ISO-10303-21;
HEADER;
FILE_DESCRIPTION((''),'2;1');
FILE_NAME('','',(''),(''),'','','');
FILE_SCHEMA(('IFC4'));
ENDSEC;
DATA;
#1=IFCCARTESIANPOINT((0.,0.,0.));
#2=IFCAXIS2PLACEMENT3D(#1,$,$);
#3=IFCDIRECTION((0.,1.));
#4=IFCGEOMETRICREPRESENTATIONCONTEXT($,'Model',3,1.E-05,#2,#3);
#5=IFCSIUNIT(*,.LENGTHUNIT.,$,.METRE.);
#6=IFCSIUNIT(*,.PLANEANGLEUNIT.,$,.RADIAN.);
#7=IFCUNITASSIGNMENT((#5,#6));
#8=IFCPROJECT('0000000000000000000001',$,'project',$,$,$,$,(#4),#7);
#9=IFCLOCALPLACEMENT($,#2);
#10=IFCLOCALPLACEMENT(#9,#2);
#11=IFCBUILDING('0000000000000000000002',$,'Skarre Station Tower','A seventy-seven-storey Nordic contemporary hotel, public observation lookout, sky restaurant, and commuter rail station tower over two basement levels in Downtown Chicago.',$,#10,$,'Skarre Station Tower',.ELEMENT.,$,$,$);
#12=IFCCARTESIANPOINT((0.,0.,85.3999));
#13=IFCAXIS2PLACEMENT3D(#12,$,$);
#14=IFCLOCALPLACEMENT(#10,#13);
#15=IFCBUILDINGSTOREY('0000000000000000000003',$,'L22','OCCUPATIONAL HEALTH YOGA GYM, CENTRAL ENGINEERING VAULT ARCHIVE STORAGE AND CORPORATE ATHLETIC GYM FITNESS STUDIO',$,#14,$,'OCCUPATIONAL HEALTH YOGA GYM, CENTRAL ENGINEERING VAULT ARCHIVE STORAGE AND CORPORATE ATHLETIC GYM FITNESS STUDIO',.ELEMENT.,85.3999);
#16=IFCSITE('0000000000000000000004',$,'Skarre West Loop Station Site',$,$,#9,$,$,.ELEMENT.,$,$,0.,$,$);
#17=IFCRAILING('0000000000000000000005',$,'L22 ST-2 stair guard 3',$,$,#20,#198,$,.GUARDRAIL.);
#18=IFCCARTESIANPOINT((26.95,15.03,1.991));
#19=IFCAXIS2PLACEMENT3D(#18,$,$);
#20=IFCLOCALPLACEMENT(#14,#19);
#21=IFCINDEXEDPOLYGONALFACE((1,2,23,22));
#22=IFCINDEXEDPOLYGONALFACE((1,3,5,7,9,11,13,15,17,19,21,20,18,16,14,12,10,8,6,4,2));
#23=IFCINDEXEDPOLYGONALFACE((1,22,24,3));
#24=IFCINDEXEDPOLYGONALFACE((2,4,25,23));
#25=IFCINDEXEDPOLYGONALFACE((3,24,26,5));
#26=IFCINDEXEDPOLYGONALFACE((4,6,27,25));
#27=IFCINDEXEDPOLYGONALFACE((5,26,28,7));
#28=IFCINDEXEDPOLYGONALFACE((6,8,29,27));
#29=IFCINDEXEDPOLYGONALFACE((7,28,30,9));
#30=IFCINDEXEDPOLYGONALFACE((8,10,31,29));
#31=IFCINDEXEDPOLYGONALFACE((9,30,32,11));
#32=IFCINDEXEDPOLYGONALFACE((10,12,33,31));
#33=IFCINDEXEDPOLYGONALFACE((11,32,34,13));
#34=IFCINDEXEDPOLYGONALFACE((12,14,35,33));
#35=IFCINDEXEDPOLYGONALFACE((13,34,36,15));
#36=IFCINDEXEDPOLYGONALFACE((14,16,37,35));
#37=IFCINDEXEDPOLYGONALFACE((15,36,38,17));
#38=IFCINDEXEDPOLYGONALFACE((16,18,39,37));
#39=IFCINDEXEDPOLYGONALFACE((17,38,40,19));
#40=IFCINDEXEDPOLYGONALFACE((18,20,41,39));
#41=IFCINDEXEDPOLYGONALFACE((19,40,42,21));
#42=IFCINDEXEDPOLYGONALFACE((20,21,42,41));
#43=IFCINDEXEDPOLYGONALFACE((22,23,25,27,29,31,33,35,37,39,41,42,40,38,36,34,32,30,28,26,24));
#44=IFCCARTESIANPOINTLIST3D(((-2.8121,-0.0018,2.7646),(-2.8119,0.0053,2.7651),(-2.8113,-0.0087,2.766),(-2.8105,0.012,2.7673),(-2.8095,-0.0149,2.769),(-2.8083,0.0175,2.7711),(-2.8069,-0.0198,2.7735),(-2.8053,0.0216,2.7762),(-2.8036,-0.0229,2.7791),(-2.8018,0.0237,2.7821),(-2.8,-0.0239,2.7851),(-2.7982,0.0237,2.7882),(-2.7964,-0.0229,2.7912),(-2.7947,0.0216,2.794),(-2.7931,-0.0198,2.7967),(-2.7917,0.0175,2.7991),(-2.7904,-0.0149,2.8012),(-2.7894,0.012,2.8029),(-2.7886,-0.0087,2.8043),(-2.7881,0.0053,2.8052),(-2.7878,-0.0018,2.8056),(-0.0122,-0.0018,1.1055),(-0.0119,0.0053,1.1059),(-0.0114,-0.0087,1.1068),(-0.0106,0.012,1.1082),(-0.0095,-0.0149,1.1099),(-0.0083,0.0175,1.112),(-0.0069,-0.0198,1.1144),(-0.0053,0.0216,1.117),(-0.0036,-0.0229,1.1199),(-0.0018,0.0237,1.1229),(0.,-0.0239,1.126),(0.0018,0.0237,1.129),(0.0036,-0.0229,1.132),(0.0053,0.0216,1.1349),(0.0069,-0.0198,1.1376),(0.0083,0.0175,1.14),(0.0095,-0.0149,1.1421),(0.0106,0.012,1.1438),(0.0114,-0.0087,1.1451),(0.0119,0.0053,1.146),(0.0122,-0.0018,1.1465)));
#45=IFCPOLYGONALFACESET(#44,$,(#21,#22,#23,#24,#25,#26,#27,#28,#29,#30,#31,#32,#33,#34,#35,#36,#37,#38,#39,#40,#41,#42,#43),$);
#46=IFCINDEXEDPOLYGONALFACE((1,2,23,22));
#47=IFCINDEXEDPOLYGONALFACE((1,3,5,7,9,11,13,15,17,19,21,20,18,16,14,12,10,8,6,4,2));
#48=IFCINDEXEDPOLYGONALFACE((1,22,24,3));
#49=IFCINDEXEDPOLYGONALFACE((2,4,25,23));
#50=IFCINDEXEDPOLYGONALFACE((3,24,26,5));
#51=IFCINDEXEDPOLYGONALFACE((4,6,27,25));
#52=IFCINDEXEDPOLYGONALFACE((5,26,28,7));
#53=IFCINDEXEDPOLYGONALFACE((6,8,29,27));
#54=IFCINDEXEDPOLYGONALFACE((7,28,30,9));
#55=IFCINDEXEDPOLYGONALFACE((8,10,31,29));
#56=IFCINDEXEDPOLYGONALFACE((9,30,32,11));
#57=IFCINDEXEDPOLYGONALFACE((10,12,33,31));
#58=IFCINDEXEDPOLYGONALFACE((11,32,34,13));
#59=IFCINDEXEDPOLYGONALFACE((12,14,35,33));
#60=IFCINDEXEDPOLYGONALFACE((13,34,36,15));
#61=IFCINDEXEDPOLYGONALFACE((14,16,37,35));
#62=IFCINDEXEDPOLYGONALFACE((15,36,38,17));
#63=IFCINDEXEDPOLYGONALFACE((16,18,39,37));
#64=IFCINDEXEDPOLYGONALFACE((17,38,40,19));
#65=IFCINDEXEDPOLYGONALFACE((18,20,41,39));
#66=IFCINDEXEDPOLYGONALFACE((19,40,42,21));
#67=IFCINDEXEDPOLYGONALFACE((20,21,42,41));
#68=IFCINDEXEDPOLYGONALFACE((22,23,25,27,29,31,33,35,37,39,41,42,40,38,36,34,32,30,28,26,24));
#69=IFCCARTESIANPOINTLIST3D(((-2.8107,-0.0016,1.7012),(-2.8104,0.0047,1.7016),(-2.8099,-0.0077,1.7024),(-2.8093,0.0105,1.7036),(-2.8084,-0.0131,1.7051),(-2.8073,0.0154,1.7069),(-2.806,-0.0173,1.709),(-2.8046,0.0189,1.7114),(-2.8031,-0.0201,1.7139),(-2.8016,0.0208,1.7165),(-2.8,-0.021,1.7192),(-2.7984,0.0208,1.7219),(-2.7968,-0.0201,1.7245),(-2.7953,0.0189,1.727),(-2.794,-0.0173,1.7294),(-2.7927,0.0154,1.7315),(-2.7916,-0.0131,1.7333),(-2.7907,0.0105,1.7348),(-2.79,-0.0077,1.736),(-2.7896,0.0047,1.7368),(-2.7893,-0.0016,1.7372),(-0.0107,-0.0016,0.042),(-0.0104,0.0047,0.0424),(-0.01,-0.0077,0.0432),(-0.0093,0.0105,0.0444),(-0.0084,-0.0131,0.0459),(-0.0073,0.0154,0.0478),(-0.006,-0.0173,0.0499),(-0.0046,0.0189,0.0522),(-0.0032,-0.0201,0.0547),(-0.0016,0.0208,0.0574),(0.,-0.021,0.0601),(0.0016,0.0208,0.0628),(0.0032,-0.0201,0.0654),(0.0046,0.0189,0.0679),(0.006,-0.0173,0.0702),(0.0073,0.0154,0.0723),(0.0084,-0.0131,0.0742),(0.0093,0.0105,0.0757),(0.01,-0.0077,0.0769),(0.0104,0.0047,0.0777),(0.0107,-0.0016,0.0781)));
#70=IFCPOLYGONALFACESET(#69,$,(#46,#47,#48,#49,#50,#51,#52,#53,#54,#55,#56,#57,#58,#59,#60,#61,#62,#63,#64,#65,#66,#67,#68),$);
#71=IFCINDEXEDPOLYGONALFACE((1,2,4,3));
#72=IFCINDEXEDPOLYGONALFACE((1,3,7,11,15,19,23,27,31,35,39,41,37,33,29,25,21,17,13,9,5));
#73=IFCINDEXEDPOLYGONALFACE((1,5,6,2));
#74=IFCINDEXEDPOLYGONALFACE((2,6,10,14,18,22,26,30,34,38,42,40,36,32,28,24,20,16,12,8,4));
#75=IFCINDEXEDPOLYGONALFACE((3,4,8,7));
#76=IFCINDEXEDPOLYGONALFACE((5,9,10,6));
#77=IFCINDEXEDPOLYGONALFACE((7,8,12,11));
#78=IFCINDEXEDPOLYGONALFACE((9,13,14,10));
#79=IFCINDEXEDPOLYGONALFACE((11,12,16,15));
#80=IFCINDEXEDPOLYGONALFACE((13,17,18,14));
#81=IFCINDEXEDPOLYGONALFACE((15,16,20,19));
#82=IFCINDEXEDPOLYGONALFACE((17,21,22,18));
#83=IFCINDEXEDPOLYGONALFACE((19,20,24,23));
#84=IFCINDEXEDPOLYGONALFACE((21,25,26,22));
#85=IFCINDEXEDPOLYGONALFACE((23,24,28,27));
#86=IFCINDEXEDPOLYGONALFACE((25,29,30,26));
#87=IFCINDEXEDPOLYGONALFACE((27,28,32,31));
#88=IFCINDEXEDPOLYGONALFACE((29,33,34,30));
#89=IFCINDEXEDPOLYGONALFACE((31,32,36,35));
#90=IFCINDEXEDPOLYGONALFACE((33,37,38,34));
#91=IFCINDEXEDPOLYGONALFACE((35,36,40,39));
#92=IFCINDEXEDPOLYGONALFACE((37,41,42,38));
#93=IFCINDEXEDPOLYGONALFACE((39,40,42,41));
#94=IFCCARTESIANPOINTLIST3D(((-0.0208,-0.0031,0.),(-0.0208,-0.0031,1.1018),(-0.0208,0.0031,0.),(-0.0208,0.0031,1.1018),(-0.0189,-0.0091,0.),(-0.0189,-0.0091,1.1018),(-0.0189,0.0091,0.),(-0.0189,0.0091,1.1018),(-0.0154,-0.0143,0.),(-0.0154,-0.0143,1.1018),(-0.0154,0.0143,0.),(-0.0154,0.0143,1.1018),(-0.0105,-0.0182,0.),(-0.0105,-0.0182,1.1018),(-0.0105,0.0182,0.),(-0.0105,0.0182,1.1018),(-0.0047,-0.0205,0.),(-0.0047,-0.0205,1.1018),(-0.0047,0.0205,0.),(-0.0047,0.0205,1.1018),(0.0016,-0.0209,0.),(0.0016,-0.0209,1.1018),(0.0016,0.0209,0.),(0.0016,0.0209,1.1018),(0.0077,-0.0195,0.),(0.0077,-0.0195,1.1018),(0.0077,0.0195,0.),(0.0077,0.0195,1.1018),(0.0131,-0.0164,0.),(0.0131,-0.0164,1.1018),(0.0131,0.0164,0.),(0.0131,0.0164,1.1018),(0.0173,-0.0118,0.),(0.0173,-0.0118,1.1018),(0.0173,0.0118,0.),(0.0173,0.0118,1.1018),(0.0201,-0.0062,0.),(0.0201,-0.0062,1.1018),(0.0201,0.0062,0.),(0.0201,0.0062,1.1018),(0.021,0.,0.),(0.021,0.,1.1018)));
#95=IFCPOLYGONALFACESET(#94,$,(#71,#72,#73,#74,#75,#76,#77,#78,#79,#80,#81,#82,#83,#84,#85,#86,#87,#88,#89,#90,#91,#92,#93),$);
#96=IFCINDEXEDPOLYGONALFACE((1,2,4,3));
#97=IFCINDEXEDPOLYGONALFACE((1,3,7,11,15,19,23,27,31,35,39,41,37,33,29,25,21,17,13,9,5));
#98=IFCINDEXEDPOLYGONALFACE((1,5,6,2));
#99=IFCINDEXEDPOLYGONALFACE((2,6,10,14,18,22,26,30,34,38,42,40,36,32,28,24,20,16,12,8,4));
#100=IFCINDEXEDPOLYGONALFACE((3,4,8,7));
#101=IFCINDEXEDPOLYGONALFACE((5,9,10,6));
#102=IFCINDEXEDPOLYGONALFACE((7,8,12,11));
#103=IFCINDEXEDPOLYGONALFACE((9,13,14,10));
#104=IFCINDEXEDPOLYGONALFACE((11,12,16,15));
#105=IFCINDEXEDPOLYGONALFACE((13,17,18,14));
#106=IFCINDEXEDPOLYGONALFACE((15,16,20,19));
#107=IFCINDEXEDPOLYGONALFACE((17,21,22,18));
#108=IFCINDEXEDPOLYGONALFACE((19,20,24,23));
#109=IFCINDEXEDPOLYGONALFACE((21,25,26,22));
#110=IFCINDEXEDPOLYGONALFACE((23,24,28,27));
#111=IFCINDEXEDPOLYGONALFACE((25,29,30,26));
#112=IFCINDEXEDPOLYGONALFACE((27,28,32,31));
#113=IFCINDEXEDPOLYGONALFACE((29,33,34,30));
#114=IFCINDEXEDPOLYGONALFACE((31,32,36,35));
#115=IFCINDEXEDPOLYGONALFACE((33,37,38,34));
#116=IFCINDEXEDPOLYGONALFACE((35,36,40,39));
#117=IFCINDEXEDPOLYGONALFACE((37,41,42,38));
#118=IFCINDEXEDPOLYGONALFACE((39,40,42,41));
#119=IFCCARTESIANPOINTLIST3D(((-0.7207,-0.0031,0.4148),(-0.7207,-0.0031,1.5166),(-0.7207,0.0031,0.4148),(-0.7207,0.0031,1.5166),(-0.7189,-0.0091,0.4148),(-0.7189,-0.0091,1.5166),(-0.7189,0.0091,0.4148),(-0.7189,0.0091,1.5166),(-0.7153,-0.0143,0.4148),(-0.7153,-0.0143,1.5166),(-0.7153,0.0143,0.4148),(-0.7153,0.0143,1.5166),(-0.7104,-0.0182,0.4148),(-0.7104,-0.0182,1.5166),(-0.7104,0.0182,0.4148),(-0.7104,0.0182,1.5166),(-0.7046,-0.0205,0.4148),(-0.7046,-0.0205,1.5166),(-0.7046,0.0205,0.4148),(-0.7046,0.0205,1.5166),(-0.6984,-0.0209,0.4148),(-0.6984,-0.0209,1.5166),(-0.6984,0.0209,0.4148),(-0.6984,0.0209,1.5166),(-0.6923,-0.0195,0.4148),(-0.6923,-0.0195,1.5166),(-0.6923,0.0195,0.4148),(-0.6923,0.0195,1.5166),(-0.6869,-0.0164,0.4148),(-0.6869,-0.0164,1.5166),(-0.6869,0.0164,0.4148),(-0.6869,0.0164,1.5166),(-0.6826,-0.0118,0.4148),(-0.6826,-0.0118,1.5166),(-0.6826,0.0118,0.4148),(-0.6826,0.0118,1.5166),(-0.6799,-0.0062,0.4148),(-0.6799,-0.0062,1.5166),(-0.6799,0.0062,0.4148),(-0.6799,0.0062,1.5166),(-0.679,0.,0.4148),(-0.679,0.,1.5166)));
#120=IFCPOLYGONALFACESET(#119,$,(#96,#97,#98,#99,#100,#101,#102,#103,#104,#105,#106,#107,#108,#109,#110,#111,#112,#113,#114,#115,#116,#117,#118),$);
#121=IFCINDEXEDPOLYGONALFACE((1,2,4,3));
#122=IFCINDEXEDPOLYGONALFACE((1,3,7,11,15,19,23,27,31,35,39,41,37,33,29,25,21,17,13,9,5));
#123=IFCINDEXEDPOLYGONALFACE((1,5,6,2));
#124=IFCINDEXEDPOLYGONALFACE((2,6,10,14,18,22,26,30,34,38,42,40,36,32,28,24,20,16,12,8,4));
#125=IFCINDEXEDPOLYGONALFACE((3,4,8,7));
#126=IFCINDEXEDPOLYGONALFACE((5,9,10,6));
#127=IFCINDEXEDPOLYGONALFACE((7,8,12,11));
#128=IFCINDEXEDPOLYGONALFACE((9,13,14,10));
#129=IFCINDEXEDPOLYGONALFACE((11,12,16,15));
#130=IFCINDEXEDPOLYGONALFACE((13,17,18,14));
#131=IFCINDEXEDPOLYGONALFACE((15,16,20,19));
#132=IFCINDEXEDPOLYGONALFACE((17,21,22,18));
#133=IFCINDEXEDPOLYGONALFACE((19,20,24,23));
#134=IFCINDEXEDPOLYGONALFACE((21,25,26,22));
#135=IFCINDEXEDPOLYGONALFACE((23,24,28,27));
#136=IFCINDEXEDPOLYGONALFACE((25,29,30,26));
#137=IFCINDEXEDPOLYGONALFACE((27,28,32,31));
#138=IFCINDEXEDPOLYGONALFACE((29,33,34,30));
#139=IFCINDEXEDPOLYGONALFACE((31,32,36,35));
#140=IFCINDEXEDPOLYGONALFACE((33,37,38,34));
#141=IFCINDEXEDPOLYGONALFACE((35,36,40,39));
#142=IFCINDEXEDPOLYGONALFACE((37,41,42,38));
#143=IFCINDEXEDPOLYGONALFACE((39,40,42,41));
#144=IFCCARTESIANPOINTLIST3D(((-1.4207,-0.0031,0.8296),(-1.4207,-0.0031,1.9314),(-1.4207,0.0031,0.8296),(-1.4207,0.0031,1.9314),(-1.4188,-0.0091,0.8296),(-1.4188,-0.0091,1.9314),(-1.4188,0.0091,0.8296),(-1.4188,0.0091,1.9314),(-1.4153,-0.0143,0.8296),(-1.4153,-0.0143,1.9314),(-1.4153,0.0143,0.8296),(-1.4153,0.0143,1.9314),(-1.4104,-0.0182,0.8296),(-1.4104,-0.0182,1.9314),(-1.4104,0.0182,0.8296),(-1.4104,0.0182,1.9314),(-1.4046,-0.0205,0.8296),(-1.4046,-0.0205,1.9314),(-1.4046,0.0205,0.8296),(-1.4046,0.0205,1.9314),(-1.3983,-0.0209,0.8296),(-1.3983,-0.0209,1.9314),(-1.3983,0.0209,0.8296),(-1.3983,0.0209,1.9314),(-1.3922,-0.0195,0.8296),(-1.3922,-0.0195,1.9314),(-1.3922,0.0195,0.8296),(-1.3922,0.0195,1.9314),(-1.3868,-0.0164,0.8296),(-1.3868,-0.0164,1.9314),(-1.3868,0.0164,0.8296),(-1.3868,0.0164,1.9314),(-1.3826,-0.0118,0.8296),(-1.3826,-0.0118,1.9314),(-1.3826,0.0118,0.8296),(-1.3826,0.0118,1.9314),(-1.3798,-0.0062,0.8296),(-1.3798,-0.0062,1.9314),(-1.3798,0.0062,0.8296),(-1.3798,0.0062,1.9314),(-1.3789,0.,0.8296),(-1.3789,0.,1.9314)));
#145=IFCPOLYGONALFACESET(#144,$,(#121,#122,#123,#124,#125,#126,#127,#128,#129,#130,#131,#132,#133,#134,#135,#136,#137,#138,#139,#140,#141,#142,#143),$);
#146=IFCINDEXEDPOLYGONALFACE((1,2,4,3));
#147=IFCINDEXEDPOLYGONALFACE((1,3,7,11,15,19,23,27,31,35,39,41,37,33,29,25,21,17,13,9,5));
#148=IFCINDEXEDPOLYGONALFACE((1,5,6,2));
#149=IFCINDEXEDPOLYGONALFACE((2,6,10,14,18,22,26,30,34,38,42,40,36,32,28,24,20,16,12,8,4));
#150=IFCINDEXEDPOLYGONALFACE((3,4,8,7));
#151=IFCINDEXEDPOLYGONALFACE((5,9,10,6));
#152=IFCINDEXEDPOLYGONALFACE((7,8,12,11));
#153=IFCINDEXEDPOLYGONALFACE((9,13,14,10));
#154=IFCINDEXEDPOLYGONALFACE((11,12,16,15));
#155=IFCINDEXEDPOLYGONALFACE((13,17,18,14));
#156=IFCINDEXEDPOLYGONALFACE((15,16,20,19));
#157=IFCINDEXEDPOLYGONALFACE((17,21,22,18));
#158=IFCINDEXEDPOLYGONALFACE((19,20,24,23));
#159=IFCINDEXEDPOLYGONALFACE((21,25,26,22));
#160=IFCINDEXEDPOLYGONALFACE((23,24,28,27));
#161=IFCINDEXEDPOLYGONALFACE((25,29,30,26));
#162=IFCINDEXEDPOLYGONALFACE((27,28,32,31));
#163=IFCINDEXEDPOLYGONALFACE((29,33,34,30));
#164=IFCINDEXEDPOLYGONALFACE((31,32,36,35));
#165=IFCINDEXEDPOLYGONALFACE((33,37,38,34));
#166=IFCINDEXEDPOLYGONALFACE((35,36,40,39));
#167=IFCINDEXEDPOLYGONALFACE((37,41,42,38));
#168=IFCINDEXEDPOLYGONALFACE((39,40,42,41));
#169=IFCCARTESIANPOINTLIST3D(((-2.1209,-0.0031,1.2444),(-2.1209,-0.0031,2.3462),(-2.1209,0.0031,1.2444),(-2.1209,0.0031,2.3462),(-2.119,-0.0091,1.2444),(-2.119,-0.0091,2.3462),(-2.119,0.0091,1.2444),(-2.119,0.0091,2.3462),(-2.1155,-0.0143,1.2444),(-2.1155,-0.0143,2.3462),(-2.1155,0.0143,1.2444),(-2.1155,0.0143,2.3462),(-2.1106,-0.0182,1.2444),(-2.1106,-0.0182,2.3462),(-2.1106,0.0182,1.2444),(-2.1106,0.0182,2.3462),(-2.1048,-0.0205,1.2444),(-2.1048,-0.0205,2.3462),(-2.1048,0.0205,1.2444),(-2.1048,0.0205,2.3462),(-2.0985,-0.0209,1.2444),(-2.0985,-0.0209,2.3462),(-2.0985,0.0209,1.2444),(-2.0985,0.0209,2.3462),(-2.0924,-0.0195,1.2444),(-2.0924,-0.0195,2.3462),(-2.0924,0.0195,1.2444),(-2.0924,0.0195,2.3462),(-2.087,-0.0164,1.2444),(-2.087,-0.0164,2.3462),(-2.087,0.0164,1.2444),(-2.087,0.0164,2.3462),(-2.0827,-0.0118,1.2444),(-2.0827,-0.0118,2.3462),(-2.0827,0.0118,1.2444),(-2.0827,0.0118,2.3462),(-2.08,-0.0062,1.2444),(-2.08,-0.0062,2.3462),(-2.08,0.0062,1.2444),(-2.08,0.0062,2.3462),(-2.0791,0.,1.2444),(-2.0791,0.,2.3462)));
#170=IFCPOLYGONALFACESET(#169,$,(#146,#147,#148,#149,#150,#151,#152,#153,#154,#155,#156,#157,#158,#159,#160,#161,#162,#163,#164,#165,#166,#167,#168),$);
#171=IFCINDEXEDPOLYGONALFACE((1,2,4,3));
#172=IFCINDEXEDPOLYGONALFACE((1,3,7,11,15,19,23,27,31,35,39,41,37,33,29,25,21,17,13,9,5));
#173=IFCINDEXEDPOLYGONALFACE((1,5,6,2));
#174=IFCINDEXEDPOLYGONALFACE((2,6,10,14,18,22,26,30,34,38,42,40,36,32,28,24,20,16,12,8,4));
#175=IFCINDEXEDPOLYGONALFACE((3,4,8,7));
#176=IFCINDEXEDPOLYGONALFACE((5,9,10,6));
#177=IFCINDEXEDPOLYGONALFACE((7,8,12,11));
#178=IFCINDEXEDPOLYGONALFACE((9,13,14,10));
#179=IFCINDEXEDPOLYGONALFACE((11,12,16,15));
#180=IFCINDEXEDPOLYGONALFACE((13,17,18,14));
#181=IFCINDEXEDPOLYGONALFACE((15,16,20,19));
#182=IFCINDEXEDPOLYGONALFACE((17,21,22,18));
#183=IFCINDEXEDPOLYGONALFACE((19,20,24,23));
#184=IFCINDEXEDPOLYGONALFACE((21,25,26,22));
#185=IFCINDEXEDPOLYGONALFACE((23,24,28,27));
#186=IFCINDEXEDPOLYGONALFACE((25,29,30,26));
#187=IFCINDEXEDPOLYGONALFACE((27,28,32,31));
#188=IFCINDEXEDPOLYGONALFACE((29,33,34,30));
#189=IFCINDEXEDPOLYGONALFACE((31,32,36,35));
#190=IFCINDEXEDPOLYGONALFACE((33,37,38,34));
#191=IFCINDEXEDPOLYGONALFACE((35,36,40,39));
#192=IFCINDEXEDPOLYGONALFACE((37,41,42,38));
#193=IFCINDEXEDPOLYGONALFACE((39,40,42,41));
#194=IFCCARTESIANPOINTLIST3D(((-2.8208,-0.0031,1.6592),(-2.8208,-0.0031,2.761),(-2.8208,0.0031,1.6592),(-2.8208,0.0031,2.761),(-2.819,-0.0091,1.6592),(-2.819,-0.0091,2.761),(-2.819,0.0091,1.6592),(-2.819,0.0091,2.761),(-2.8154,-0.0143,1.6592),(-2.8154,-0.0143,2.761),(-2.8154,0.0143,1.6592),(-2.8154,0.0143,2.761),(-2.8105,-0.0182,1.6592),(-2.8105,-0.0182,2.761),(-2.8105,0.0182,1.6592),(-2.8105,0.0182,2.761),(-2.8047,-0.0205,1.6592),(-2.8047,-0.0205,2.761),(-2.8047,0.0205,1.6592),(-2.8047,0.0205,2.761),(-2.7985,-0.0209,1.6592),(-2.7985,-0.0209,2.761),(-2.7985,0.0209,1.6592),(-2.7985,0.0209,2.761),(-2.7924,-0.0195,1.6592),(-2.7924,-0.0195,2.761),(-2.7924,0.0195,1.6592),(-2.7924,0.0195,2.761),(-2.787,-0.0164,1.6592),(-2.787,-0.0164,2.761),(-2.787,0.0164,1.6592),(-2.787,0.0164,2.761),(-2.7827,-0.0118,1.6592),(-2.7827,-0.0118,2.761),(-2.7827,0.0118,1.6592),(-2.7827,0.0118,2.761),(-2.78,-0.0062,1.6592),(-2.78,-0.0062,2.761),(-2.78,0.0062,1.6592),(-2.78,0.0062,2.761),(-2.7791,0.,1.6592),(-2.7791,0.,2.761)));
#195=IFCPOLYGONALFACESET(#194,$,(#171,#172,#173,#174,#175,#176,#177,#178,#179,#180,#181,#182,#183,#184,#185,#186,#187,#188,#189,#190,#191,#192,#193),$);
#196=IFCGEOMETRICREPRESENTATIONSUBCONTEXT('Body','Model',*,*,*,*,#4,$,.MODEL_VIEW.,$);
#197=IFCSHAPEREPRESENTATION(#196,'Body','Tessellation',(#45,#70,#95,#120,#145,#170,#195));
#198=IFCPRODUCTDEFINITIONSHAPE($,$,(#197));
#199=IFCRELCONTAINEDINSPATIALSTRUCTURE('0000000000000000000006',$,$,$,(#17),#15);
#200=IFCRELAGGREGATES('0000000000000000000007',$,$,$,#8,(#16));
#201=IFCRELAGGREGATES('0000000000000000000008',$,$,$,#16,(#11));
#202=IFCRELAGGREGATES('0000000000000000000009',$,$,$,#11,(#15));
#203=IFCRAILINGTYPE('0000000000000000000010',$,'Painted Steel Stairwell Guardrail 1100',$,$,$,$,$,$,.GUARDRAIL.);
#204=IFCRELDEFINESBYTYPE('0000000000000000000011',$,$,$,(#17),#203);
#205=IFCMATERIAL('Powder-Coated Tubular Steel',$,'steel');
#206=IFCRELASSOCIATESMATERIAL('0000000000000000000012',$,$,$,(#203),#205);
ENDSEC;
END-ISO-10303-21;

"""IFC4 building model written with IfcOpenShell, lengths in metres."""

from ifc_helpers import new_model, si_unit, direction, frame, origin, origin_2d, place, context, subcontext, project, spatial, circle, extrude, material, type_object, element, save


model = new_model("IFC4")

# Units and contexts
model_context = context("Model", 3, precision=1e-05, world=origin(), true_north=direction((0.0, 1.0)))
body_context = subcontext(model_context, "Body", "Model", "MODEL_VIEW")
ifc_project = project(units=[si_unit("LENGTHUNIT", "METRE"), si_unit("PLANEANGLEUNIT", "RADIAN")], contexts=[model_context])

# Site, building, storey
site_placement = place(None, origin())
site = spatial("IfcSite", under=ifc_project, at=site_placement, Name="Skarre West Loop Station Site", CompositionType="ELEMENT", RefElevation=0.0)
building_placement = place(site_placement, origin())
building = spatial("IfcBuilding", under=site, at=building_placement, Name="Skarre Station Tower", Description="A seventy-seven-storey Nordic contemporary hotel, public observation lookout, sky restaurant, and commuter rail station tower over two basement levels in Downtown Chicago.", LongName="Skarre Station Tower", CompositionType="ELEMENT")
storey_placement = place(building_placement, frame((0.0, 0.0, 85.3999)))
storey = spatial("IfcBuildingStorey", under=building, at=storey_placement, Name="L22", Description="OCCUPATIONAL HEALTH YOGA GYM, CENTRAL ENGINEERING VAULT ARCHIVE STORAGE AND CORPORATE ATHLETIC GYM FITNESS STUDIO", LongName="OCCUPATIONAL HEALTH YOGA GYM, CENTRAL ENGINEERING VAULT ARCHIVE STORAGE AND CORPORATE ATHLETIC GYM FITNESS STUDIO", CompositionType="ELEMENT", Elevation=85.3999)

# Railing
ifc_material_1 = material(Name="Powder-Coated Tubular Steel", Category="steel")
railing_type_1 = type_object("IfcRailingType", Name="Painted Steel Stairwell Guardrail 1100", PredefinedType="GUARDRAIL", material=ifc_material_1)
railing_1_placement = place(storey_placement, frame((26.95, 15.03, 1.991)))
element("IfcRailing", 1, at=railing_1_placement, inside=storey, type_object=railing_type_1, Name="L22 ST-2 stair guard 3", PredefinedType="GUARDRAIL", context=body_context, shape_type="SweptSolid", body=[
    extrude(circle(Radius=0.0239, at=origin_2d()), frame((0.0, 0.0, 1.126), z_axis=(-0.860306, 0.0, 0.509778), x_axis=(0.0, -1.0, 0.0)), (0.0, 0.0, 1.0), 3.2546),
    extrude(circle(Radius=0.021, at=origin_2d()), frame((0.0, 0.0, 0.0601), z_axis=(-0.860306, 0.0, 0.509778), x_axis=(0.0, -1.0, 0.0)), (0.0, 0.0, 1.0), 3.2546),
    extrude(circle(Radius=0.021, at=origin_2d()), origin(), (0.0, 0.0, 1.0), 1.1018),
    extrude(circle(Radius=0.021, at=origin_2d()), frame((-0.7, 0.0, 0.4148)), (0.0, 0.0, 1.0), 1.1018),
    extrude(circle(Radius=0.021, at=origin_2d()), frame((-1.3999, 0.0, 0.8296)), (0.0, 0.0, 1.0), 1.1018),
    extrude(circle(Radius=0.021, at=origin_2d()), frame((-2.1001, 0.0, 1.2444)), (0.0, 0.0, 1.0), 1.1018),
    extrude(circle(Radius=0.021, at=origin_2d()), frame((-2.8, 0.0, 1.6592)), (0.0, 0.0, 1.0), 1.1018),
])

save(model, "model.ifc")
